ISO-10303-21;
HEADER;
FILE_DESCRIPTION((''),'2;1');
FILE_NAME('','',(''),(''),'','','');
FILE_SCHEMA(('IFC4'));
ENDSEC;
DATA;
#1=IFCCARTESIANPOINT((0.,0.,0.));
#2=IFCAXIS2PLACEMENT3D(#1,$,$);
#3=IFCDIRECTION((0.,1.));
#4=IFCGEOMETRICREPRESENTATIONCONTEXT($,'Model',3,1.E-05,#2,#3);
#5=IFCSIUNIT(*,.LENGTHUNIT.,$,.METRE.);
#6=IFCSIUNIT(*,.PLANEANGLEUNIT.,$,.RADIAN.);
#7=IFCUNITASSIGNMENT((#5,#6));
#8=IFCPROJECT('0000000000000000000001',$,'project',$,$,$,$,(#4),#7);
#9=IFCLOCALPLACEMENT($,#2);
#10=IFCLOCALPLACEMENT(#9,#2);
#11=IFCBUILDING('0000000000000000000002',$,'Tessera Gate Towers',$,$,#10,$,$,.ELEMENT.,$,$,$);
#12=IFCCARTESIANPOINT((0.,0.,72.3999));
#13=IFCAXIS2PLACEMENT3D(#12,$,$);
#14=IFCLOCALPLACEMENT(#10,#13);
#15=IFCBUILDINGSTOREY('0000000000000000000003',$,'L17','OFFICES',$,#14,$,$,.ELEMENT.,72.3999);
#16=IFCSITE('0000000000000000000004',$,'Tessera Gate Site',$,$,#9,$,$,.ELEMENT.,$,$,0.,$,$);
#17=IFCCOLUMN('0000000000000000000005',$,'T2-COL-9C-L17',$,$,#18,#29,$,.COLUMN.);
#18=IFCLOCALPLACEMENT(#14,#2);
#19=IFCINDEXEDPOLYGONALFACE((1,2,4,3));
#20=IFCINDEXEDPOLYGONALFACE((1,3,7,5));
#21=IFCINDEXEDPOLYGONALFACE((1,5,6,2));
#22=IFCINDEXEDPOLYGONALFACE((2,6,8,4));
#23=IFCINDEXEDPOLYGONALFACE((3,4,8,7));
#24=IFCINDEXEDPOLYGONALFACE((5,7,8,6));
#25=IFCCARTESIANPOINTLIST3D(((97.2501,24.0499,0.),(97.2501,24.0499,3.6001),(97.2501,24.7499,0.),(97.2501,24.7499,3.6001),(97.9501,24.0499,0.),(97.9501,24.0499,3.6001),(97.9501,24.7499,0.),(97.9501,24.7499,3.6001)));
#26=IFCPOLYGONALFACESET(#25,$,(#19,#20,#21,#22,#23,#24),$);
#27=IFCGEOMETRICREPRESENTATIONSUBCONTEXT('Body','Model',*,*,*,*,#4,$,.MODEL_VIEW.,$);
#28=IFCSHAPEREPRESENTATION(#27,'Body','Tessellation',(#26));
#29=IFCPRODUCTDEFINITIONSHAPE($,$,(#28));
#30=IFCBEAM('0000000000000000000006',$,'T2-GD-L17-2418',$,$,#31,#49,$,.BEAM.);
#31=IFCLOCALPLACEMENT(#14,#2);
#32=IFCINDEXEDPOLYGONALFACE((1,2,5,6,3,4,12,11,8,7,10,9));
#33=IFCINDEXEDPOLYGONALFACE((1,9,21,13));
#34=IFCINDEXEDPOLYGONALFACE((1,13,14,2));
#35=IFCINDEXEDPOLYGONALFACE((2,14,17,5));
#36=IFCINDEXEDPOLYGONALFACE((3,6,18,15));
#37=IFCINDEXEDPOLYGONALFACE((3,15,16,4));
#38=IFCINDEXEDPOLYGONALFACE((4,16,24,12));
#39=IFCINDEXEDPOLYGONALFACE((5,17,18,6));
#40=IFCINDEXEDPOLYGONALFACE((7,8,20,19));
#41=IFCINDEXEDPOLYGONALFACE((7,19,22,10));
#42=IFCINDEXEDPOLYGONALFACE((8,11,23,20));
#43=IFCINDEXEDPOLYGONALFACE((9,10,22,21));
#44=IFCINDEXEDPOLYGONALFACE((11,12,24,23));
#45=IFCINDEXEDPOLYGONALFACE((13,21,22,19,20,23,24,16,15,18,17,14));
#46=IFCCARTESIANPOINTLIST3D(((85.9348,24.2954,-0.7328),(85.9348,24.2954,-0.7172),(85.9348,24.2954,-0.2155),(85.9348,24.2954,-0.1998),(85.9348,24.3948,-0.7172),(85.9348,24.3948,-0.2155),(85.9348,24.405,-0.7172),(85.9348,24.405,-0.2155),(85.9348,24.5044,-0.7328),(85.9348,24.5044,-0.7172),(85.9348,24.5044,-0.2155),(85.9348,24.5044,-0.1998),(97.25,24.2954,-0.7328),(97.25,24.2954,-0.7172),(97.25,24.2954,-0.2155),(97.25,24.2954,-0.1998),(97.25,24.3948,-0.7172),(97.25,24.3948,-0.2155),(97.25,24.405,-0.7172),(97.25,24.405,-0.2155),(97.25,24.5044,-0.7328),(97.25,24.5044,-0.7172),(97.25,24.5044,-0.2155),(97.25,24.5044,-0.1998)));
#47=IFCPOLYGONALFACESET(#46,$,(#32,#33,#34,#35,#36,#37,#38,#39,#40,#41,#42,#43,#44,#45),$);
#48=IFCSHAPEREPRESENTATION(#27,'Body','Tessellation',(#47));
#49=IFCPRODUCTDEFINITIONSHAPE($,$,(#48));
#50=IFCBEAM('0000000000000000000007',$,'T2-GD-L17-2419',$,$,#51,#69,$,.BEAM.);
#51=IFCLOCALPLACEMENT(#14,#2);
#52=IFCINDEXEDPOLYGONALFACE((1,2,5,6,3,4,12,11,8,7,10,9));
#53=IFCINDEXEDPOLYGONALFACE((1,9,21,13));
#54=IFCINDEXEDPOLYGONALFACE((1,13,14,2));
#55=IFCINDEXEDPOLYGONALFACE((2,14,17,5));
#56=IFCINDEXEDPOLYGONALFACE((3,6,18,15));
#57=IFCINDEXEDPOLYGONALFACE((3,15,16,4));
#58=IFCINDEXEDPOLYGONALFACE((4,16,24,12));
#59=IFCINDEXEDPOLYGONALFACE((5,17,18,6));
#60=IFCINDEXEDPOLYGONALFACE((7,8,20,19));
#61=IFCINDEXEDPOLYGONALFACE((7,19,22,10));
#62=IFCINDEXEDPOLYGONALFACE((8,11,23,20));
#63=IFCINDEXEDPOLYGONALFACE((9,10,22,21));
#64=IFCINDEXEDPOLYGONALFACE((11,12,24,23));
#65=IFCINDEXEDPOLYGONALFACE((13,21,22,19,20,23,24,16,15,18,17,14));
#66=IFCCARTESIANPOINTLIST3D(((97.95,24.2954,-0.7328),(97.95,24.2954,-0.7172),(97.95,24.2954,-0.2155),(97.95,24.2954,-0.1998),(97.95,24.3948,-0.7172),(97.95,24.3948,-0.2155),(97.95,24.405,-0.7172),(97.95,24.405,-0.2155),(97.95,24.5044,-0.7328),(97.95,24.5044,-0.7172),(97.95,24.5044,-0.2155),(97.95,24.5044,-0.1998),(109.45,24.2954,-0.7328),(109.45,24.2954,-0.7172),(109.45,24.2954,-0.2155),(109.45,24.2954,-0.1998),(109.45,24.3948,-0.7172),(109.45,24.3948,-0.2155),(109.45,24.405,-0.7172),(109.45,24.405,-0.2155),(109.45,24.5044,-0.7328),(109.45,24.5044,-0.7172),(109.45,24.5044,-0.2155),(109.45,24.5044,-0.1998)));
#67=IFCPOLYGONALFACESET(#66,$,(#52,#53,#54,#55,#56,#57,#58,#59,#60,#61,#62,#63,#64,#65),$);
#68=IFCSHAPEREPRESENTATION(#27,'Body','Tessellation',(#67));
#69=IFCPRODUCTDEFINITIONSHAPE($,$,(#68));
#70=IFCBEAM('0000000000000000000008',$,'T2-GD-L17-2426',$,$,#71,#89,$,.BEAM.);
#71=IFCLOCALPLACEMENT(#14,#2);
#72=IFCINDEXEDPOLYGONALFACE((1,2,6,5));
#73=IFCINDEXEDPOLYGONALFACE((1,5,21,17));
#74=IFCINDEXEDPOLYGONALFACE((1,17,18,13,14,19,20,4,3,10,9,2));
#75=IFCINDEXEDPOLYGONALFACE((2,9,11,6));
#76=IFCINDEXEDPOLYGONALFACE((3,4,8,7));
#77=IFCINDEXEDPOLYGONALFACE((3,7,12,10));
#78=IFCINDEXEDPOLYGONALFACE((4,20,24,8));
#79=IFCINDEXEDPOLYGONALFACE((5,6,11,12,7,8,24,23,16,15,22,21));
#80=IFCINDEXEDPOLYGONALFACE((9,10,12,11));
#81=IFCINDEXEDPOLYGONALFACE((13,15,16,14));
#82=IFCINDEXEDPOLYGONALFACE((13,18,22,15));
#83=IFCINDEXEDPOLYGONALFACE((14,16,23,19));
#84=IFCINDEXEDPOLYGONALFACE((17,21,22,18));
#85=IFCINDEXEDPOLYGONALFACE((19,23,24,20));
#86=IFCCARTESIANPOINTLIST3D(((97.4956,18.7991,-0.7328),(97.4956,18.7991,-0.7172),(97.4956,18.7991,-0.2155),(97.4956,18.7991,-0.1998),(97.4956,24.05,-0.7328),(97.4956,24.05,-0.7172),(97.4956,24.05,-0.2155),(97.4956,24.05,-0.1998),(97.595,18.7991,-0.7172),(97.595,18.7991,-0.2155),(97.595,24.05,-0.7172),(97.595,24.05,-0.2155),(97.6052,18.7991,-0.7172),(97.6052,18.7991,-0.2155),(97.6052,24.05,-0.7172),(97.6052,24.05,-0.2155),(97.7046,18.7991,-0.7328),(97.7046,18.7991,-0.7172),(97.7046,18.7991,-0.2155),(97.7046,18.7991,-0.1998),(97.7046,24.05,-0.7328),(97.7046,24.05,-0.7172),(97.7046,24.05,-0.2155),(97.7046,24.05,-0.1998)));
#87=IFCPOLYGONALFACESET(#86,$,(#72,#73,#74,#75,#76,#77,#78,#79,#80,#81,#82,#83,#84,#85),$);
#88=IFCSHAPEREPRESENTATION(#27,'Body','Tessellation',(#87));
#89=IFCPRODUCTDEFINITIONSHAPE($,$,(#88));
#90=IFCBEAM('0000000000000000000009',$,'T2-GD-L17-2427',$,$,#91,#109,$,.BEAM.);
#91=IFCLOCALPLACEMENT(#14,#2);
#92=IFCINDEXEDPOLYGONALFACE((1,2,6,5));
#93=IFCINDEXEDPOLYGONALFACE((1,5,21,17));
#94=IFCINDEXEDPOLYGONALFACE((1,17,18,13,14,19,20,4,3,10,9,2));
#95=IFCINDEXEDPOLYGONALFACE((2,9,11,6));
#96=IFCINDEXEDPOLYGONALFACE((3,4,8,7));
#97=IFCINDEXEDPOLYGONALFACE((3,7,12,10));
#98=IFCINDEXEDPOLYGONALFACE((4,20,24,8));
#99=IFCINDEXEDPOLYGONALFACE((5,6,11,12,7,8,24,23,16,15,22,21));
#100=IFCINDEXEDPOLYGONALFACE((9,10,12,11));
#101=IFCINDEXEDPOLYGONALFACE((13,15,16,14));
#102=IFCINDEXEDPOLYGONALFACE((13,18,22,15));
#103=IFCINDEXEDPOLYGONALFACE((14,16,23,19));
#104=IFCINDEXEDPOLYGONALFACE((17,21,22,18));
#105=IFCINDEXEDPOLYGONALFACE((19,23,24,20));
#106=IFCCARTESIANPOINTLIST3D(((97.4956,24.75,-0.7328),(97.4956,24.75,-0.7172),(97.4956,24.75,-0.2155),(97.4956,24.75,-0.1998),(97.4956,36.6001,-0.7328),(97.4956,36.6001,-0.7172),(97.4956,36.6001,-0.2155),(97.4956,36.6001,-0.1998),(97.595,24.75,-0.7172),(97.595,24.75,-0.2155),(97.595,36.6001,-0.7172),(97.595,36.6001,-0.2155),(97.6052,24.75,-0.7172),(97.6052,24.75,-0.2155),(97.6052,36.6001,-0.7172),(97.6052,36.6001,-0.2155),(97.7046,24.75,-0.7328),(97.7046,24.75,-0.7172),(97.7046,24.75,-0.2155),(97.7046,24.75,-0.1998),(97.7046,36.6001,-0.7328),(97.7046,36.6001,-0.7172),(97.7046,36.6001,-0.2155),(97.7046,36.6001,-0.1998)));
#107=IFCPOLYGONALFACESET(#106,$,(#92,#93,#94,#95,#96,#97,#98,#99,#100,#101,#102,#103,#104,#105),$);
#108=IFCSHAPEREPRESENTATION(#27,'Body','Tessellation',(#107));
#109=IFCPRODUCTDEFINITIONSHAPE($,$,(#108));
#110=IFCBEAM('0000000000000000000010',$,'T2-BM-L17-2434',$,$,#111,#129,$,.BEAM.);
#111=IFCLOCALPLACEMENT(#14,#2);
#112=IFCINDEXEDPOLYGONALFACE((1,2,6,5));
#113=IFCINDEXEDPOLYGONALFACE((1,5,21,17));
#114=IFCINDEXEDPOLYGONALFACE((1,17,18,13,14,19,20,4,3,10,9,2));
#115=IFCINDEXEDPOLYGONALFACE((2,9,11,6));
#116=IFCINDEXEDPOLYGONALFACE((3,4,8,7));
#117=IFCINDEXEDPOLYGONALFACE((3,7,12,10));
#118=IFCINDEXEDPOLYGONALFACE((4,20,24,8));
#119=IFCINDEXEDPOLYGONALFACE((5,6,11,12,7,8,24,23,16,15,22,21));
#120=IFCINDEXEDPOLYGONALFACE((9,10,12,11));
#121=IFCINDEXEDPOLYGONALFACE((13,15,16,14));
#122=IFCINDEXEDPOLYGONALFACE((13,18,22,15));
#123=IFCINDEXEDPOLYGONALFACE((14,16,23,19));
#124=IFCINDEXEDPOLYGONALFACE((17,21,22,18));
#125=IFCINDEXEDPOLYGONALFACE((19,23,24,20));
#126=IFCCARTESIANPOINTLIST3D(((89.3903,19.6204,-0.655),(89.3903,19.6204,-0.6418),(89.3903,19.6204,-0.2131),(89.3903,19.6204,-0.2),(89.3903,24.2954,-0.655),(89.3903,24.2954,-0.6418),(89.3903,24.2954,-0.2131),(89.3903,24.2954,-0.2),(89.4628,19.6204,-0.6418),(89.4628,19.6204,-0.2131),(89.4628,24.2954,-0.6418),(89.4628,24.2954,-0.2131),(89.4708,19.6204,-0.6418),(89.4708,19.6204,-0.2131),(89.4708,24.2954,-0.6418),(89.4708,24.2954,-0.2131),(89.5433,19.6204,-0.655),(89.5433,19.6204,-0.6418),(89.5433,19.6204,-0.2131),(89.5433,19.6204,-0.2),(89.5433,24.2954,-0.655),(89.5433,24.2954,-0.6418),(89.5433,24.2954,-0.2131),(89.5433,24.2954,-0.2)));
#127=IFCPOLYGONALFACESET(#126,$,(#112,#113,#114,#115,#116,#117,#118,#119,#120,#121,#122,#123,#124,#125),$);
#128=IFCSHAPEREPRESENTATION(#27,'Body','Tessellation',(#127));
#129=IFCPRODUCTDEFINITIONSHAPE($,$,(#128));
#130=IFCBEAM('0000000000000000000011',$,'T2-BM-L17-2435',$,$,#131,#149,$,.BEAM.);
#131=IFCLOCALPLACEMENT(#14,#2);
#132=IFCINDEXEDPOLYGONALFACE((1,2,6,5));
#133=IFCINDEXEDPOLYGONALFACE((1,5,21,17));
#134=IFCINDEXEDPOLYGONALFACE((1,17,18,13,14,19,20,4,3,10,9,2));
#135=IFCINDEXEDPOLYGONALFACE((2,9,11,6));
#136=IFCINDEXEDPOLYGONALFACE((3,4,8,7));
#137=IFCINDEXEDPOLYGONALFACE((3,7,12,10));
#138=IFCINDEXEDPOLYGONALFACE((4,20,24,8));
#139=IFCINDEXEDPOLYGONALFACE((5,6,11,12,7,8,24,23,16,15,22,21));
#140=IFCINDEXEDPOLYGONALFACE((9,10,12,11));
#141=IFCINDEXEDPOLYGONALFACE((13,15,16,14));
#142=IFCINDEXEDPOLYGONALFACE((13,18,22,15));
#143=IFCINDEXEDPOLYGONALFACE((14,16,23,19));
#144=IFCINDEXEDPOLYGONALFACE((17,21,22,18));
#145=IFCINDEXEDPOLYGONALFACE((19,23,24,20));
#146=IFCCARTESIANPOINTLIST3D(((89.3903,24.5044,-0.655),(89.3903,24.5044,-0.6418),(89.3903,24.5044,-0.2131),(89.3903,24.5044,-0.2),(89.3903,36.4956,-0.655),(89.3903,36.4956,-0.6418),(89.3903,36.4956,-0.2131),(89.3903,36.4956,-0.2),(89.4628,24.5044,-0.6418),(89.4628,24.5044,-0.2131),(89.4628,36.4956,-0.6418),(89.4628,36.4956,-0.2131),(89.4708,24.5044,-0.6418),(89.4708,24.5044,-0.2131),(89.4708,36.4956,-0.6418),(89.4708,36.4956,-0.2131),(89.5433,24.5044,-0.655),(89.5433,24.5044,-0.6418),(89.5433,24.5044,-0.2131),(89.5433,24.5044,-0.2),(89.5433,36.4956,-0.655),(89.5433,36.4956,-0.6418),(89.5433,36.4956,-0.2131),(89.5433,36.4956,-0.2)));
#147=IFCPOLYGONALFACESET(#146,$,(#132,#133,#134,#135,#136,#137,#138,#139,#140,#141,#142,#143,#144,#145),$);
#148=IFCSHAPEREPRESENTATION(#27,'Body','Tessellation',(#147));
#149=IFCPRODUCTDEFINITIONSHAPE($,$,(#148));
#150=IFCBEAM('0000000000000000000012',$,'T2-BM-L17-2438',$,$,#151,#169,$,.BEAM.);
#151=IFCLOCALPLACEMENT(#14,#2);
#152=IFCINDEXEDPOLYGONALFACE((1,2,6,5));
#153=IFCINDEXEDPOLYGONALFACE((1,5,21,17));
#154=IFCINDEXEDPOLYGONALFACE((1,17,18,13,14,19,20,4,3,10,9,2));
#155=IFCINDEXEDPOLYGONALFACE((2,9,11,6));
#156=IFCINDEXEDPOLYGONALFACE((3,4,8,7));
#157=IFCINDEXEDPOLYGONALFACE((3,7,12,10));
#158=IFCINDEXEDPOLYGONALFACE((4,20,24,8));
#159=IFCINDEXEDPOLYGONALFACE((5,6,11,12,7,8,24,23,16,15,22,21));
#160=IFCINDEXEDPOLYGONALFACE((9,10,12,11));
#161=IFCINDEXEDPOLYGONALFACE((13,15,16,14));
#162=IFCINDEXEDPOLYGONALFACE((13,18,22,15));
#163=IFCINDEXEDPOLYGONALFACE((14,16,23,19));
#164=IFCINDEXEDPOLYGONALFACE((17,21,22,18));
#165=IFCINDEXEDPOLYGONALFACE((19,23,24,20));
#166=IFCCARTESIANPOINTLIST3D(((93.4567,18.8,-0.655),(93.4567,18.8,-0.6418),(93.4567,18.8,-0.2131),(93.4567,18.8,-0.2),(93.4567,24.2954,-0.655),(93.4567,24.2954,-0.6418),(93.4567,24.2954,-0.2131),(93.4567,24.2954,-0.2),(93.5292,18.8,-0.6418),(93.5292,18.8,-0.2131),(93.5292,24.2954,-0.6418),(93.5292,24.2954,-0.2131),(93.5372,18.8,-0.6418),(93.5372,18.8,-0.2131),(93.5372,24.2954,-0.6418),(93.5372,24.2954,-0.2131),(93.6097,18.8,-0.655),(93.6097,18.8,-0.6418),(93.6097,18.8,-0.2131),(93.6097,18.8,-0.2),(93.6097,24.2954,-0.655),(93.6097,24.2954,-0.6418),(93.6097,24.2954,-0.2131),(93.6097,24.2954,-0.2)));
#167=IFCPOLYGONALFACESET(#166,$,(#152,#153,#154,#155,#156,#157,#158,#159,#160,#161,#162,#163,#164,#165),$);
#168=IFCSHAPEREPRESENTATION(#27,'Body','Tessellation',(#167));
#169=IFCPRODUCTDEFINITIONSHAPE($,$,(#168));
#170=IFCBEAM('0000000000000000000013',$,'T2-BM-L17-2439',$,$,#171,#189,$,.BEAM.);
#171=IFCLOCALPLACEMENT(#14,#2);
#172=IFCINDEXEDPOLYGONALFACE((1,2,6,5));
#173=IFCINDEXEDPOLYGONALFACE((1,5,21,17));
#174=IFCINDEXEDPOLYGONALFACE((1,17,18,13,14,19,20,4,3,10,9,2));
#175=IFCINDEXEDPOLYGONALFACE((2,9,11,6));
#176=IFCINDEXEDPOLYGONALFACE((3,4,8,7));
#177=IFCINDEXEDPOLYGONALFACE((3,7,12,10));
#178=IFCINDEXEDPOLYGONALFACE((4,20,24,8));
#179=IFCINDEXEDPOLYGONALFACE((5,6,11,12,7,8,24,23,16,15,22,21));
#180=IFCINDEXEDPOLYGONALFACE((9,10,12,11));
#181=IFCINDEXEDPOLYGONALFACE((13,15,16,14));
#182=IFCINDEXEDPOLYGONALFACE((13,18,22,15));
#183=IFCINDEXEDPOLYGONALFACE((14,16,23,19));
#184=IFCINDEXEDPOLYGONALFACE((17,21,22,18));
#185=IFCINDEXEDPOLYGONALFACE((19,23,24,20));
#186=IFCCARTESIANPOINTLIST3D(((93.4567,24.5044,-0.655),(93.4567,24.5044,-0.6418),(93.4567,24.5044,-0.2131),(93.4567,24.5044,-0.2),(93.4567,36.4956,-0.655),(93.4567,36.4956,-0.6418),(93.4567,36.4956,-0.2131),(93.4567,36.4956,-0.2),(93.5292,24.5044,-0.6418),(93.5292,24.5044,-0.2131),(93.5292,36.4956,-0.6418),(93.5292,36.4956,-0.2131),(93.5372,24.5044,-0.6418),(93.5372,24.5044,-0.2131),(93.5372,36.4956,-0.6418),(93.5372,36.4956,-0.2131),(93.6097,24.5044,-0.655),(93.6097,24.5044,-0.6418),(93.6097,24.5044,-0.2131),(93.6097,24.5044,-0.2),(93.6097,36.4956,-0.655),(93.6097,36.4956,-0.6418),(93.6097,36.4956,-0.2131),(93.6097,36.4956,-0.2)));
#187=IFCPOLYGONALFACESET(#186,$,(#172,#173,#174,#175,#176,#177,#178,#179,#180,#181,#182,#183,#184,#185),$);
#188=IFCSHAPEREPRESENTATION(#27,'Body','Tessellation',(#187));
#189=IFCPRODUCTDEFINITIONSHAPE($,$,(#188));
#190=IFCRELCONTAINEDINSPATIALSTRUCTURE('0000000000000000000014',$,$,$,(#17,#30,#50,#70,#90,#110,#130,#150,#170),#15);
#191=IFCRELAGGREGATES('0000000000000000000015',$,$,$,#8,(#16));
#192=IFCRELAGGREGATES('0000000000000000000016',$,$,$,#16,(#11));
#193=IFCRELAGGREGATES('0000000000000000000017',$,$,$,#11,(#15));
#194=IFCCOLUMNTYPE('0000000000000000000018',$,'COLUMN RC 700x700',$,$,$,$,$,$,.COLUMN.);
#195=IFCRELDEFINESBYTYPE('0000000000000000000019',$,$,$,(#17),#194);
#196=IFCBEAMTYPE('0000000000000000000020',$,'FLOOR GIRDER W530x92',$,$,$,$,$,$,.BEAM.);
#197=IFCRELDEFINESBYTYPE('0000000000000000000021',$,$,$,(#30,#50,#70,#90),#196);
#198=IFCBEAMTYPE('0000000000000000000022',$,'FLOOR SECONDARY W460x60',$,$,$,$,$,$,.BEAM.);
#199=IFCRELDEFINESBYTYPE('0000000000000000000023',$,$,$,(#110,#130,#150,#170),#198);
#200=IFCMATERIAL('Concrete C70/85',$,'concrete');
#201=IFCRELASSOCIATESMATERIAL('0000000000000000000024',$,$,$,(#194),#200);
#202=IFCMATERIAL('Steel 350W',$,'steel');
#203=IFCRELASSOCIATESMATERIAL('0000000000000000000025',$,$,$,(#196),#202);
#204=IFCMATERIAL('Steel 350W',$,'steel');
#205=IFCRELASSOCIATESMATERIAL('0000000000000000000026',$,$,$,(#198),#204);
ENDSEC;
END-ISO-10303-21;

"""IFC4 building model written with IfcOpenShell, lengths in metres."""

from ifc_helpers import new_model, si_unit, direction, frame, origin, origin_2d, place, context, subcontext, project, spatial, rectangle, i_section, extrude, material, material_profile, profile_set, type_object, element, save


model = new_model("IFC4")

# Units and contexts
model_context = context("Model", 3, precision=1e-05, world=origin(), true_north=direction((0.0, 1.0)))
body_context = subcontext(model_context, "Body", "Model", "MODEL_VIEW")
ifc_project = project(units=[si_unit("LENGTHUNIT", "METRE"), si_unit("PLANEANGLEUNIT", "RADIAN")], contexts=[model_context])

# Site, building, storey
site_placement = place(None, origin())
site = spatial("IfcSite", under=ifc_project, at=site_placement, Name="Tessera Gate Site", CompositionType="ELEMENT", RefElevation=0.0)
building_placement = place(site_placement, origin())
building = spatial("IfcBuilding", under=site, at=building_placement, Name="Tessera Gate Towers", CompositionType="ELEMENT")
storey_placement = place(building_placement, frame((0.0, 0.0, 72.3999)))
storey = spatial("IfcBuildingStorey", under=building, at=storey_placement, Name="L17", Description="OFFICES", CompositionType="ELEMENT", Elevation=72.3999)

# Column
ifc_material_1 = material(Name="Concrete C70/85", Category="concrete")
ifc_material_profile_1 = material_profile(ifc_material_1, rectangle(XDim=0.7, YDim=0.7, at=origin_2d()), Name="RC 700x700")
ifc_profile_set_1 = profile_set([ifc_material_profile_1], Name="Concrete C70/85")
column_type = type_object("IfcColumnType", Name="COLUMN RC 700x700", PredefinedType="COLUMN", material=ifc_profile_set_1)
column_placement = place(storey_placement, frame((97.6001, 24.3999, 0.0), z_axis=(0.0, 0.0, 1.0), x_axis=(1.0, 0.0, 0.0)))
element("IfcColumn", 1, at=column_placement, inside=storey, type_object=column_type, Name="T2-COL-9C-L17", PredefinedType="COLUMN", context=body_context, shape_type="SweptSolid", body=[
    extrude(rectangle(XDim=0.7, YDim=0.7, at=origin_2d()), origin(), (0.0, 0.0, 1.0), 3.6001),
])

# Beams
ifc_material_2 = material(Name="Steel 350W", Category="steel")
ifc_material_profile_2 = material_profile(ifc_material_2, i_section(OverallWidth=0.209, OverallDepth=0.533, WebThickness=0.0103, FlangeThickness=0.0156, at=origin_2d()), Name="W530x92")
ifc_profile_set_2 = profile_set([ifc_material_profile_2], Name="Steel 350W")
beam_type_1 = type_object("IfcBeamType", Name="FLOOR GIRDER W530x92", PredefinedType="BEAM", material=ifc_profile_set_2)
beam_1_placement = place(storey_placement, frame((85.9348, 24.3999, -0.4663), z_axis=(1.0, 0.0, 0.0), x_axis=(0.0, 1.0, 0.0)))
element("IfcBeam", 2, at=beam_1_placement, inside=storey, type_object=beam_type_1, Name="T2-GD-L17-2418", PredefinedType="BEAM", context=body_context, shape_type="SweptSolid", body=[
    extrude(i_section(OverallWidth=0.209, OverallDepth=0.533, WebThickness=0.0103, FlangeThickness=0.0156, at=origin_2d()), origin(), (0.0, 0.0, 1.0), 11.3152),
])
beam_2_placement = place(storey_placement, frame((97.95, 24.3999, -0.4663), z_axis=(1.0, 0.0, 0.0), x_axis=(0.0, 1.0, 0.0)))
element("IfcBeam", 3, at=beam_2_placement, inside=storey, type_object=beam_type_1, Name="T2-GD-L17-2419", PredefinedType="BEAM", context=body_context, shape_type="SweptSolid", body=[
    extrude(i_section(OverallWidth=0.209, OverallDepth=0.533, WebThickness=0.0103, FlangeThickness=0.0156, at=origin_2d()), origin(), (0.0, 0.0, 1.0), 11.5),
])
beam_3_placement = place(storey_placement, frame((97.6001, 18.7991, -0.4663), z_axis=(0.0, 1.0, 0.0), x_axis=(-1.0, 0.0, 0.0)))
element("IfcBeam", 4, at=beam_3_placement, inside=storey, type_object=beam_type_1, Name="T2-GD-L17-2426", PredefinedType="BEAM", context=body_context, shape_type="SweptSolid", body=[
    extrude(i_section(OverallWidth=0.209, OverallDepth=0.533, WebThickness=0.0103, FlangeThickness=0.0156, at=origin_2d()), origin(), (0.0, 0.0, 1.0), 5.251),
])
beam_4_placement = place(storey_placement, frame((97.6001, 24.75, -0.4663), z_axis=(0.0, 1.0, 0.0), x_axis=(-1.0, 0.0, 0.0)))
element("IfcBeam", 5, at=beam_4_placement, inside=storey, type_object=beam_type_1, Name="T2-GD-L17-2427", PredefinedType="BEAM", context=body_context, shape_type="SweptSolid", body=[
    extrude(i_section(OverallWidth=0.209, OverallDepth=0.533, WebThickness=0.0103, FlangeThickness=0.0156, at=origin_2d()), origin(), (0.0, 0.0, 1.0), 11.8501),
])
ifc_material_3 = material(Name="Steel 350W", Category="steel")
ifc_material_profile_3 = material_profile(ifc_material_3, i_section(OverallWidth=0.1531, OverallDepth=0.4551, WebThickness=0.0081, FlangeThickness=0.0132, at=origin_2d()), Name="W460x60")
ifc_profile_set_3 = profile_set([ifc_material_profile_3], Name="Steel 350W")
beam_type_2 = type_object("IfcBeamType", Name="FLOOR SECONDARY W460x60", PredefinedType="BEAM", material=ifc_profile_set_3)
beam_5_placement = place(storey_placement, frame((89.4668, 19.6204, -0.4275), z_axis=(0.0, 1.0, 0.0), x_axis=(-1.0, 0.0, 0.0)))
element("IfcBeam", 6, at=beam_5_placement, inside=storey, type_object=beam_type_2, Name="T2-BM-L17-2434", PredefinedType="BEAM", context=body_context, shape_type="SweptSolid", body=[
    extrude(i_section(OverallWidth=0.1531, OverallDepth=0.4551, WebThickness=0.0081, FlangeThickness=0.0132, at=origin_2d()), origin(), (0.0, 0.0, 1.0), 4.675),
])
beam_6_placement = place(storey_placement, frame((89.4668, 24.5044, -0.4275), z_axis=(0.0, 1.0, 0.0), x_axis=(-1.0, 0.0, 0.0)))
element("IfcBeam", 7, at=beam_6_placement, inside=storey, type_object=beam_type_2, Name="T2-BM-L17-2435", PredefinedType="BEAM", context=body_context, shape_type="SweptSolid", body=[
    extrude(i_section(OverallWidth=0.1531, OverallDepth=0.4551, WebThickness=0.0081, FlangeThickness=0.0132, at=origin_2d()), origin(), (0.0, 0.0, 1.0), 11.9912),
])
beam_7_placement = place(storey_placement, frame((93.5332, 18.8, -0.4275), z_axis=(0.0, 1.0, 0.0), x_axis=(-1.0, 0.0, 0.0)))
element("IfcBeam", 8, at=beam_7_placement, inside=storey, type_object=beam_type_2, Name="T2-BM-L17-2438", PredefinedType="BEAM", context=body_context, shape_type="SweptSolid", body=[
    extrude(i_section(OverallWidth=0.1531, OverallDepth=0.4551, WebThickness=0.0081, FlangeThickness=0.0132, at=origin_2d()), origin(), (0.0, 0.0, 1.0), 5.4954),
])
beam_8_placement = place(storey_placement, frame((93.5332, 24.5044, -0.4275), z_axis=(0.0, 1.0, 0.0), x_axis=(-1.0, 0.0, 0.0)))
element("IfcBeam", 9, at=beam_8_placement, inside=storey, type_object=beam_type_2, Name="T2-BM-L17-2439", PredefinedType="BEAM", context=body_context, shape_type="SweptSolid", body=[
    extrude(i_section(OverallWidth=0.1531, OverallDepth=0.4551, WebThickness=0.0081, FlangeThickness=0.0132, at=origin_2d()), origin(), (0.0, 0.0, 1.0), 11.9912),
])

save(model, "model.ifc")
